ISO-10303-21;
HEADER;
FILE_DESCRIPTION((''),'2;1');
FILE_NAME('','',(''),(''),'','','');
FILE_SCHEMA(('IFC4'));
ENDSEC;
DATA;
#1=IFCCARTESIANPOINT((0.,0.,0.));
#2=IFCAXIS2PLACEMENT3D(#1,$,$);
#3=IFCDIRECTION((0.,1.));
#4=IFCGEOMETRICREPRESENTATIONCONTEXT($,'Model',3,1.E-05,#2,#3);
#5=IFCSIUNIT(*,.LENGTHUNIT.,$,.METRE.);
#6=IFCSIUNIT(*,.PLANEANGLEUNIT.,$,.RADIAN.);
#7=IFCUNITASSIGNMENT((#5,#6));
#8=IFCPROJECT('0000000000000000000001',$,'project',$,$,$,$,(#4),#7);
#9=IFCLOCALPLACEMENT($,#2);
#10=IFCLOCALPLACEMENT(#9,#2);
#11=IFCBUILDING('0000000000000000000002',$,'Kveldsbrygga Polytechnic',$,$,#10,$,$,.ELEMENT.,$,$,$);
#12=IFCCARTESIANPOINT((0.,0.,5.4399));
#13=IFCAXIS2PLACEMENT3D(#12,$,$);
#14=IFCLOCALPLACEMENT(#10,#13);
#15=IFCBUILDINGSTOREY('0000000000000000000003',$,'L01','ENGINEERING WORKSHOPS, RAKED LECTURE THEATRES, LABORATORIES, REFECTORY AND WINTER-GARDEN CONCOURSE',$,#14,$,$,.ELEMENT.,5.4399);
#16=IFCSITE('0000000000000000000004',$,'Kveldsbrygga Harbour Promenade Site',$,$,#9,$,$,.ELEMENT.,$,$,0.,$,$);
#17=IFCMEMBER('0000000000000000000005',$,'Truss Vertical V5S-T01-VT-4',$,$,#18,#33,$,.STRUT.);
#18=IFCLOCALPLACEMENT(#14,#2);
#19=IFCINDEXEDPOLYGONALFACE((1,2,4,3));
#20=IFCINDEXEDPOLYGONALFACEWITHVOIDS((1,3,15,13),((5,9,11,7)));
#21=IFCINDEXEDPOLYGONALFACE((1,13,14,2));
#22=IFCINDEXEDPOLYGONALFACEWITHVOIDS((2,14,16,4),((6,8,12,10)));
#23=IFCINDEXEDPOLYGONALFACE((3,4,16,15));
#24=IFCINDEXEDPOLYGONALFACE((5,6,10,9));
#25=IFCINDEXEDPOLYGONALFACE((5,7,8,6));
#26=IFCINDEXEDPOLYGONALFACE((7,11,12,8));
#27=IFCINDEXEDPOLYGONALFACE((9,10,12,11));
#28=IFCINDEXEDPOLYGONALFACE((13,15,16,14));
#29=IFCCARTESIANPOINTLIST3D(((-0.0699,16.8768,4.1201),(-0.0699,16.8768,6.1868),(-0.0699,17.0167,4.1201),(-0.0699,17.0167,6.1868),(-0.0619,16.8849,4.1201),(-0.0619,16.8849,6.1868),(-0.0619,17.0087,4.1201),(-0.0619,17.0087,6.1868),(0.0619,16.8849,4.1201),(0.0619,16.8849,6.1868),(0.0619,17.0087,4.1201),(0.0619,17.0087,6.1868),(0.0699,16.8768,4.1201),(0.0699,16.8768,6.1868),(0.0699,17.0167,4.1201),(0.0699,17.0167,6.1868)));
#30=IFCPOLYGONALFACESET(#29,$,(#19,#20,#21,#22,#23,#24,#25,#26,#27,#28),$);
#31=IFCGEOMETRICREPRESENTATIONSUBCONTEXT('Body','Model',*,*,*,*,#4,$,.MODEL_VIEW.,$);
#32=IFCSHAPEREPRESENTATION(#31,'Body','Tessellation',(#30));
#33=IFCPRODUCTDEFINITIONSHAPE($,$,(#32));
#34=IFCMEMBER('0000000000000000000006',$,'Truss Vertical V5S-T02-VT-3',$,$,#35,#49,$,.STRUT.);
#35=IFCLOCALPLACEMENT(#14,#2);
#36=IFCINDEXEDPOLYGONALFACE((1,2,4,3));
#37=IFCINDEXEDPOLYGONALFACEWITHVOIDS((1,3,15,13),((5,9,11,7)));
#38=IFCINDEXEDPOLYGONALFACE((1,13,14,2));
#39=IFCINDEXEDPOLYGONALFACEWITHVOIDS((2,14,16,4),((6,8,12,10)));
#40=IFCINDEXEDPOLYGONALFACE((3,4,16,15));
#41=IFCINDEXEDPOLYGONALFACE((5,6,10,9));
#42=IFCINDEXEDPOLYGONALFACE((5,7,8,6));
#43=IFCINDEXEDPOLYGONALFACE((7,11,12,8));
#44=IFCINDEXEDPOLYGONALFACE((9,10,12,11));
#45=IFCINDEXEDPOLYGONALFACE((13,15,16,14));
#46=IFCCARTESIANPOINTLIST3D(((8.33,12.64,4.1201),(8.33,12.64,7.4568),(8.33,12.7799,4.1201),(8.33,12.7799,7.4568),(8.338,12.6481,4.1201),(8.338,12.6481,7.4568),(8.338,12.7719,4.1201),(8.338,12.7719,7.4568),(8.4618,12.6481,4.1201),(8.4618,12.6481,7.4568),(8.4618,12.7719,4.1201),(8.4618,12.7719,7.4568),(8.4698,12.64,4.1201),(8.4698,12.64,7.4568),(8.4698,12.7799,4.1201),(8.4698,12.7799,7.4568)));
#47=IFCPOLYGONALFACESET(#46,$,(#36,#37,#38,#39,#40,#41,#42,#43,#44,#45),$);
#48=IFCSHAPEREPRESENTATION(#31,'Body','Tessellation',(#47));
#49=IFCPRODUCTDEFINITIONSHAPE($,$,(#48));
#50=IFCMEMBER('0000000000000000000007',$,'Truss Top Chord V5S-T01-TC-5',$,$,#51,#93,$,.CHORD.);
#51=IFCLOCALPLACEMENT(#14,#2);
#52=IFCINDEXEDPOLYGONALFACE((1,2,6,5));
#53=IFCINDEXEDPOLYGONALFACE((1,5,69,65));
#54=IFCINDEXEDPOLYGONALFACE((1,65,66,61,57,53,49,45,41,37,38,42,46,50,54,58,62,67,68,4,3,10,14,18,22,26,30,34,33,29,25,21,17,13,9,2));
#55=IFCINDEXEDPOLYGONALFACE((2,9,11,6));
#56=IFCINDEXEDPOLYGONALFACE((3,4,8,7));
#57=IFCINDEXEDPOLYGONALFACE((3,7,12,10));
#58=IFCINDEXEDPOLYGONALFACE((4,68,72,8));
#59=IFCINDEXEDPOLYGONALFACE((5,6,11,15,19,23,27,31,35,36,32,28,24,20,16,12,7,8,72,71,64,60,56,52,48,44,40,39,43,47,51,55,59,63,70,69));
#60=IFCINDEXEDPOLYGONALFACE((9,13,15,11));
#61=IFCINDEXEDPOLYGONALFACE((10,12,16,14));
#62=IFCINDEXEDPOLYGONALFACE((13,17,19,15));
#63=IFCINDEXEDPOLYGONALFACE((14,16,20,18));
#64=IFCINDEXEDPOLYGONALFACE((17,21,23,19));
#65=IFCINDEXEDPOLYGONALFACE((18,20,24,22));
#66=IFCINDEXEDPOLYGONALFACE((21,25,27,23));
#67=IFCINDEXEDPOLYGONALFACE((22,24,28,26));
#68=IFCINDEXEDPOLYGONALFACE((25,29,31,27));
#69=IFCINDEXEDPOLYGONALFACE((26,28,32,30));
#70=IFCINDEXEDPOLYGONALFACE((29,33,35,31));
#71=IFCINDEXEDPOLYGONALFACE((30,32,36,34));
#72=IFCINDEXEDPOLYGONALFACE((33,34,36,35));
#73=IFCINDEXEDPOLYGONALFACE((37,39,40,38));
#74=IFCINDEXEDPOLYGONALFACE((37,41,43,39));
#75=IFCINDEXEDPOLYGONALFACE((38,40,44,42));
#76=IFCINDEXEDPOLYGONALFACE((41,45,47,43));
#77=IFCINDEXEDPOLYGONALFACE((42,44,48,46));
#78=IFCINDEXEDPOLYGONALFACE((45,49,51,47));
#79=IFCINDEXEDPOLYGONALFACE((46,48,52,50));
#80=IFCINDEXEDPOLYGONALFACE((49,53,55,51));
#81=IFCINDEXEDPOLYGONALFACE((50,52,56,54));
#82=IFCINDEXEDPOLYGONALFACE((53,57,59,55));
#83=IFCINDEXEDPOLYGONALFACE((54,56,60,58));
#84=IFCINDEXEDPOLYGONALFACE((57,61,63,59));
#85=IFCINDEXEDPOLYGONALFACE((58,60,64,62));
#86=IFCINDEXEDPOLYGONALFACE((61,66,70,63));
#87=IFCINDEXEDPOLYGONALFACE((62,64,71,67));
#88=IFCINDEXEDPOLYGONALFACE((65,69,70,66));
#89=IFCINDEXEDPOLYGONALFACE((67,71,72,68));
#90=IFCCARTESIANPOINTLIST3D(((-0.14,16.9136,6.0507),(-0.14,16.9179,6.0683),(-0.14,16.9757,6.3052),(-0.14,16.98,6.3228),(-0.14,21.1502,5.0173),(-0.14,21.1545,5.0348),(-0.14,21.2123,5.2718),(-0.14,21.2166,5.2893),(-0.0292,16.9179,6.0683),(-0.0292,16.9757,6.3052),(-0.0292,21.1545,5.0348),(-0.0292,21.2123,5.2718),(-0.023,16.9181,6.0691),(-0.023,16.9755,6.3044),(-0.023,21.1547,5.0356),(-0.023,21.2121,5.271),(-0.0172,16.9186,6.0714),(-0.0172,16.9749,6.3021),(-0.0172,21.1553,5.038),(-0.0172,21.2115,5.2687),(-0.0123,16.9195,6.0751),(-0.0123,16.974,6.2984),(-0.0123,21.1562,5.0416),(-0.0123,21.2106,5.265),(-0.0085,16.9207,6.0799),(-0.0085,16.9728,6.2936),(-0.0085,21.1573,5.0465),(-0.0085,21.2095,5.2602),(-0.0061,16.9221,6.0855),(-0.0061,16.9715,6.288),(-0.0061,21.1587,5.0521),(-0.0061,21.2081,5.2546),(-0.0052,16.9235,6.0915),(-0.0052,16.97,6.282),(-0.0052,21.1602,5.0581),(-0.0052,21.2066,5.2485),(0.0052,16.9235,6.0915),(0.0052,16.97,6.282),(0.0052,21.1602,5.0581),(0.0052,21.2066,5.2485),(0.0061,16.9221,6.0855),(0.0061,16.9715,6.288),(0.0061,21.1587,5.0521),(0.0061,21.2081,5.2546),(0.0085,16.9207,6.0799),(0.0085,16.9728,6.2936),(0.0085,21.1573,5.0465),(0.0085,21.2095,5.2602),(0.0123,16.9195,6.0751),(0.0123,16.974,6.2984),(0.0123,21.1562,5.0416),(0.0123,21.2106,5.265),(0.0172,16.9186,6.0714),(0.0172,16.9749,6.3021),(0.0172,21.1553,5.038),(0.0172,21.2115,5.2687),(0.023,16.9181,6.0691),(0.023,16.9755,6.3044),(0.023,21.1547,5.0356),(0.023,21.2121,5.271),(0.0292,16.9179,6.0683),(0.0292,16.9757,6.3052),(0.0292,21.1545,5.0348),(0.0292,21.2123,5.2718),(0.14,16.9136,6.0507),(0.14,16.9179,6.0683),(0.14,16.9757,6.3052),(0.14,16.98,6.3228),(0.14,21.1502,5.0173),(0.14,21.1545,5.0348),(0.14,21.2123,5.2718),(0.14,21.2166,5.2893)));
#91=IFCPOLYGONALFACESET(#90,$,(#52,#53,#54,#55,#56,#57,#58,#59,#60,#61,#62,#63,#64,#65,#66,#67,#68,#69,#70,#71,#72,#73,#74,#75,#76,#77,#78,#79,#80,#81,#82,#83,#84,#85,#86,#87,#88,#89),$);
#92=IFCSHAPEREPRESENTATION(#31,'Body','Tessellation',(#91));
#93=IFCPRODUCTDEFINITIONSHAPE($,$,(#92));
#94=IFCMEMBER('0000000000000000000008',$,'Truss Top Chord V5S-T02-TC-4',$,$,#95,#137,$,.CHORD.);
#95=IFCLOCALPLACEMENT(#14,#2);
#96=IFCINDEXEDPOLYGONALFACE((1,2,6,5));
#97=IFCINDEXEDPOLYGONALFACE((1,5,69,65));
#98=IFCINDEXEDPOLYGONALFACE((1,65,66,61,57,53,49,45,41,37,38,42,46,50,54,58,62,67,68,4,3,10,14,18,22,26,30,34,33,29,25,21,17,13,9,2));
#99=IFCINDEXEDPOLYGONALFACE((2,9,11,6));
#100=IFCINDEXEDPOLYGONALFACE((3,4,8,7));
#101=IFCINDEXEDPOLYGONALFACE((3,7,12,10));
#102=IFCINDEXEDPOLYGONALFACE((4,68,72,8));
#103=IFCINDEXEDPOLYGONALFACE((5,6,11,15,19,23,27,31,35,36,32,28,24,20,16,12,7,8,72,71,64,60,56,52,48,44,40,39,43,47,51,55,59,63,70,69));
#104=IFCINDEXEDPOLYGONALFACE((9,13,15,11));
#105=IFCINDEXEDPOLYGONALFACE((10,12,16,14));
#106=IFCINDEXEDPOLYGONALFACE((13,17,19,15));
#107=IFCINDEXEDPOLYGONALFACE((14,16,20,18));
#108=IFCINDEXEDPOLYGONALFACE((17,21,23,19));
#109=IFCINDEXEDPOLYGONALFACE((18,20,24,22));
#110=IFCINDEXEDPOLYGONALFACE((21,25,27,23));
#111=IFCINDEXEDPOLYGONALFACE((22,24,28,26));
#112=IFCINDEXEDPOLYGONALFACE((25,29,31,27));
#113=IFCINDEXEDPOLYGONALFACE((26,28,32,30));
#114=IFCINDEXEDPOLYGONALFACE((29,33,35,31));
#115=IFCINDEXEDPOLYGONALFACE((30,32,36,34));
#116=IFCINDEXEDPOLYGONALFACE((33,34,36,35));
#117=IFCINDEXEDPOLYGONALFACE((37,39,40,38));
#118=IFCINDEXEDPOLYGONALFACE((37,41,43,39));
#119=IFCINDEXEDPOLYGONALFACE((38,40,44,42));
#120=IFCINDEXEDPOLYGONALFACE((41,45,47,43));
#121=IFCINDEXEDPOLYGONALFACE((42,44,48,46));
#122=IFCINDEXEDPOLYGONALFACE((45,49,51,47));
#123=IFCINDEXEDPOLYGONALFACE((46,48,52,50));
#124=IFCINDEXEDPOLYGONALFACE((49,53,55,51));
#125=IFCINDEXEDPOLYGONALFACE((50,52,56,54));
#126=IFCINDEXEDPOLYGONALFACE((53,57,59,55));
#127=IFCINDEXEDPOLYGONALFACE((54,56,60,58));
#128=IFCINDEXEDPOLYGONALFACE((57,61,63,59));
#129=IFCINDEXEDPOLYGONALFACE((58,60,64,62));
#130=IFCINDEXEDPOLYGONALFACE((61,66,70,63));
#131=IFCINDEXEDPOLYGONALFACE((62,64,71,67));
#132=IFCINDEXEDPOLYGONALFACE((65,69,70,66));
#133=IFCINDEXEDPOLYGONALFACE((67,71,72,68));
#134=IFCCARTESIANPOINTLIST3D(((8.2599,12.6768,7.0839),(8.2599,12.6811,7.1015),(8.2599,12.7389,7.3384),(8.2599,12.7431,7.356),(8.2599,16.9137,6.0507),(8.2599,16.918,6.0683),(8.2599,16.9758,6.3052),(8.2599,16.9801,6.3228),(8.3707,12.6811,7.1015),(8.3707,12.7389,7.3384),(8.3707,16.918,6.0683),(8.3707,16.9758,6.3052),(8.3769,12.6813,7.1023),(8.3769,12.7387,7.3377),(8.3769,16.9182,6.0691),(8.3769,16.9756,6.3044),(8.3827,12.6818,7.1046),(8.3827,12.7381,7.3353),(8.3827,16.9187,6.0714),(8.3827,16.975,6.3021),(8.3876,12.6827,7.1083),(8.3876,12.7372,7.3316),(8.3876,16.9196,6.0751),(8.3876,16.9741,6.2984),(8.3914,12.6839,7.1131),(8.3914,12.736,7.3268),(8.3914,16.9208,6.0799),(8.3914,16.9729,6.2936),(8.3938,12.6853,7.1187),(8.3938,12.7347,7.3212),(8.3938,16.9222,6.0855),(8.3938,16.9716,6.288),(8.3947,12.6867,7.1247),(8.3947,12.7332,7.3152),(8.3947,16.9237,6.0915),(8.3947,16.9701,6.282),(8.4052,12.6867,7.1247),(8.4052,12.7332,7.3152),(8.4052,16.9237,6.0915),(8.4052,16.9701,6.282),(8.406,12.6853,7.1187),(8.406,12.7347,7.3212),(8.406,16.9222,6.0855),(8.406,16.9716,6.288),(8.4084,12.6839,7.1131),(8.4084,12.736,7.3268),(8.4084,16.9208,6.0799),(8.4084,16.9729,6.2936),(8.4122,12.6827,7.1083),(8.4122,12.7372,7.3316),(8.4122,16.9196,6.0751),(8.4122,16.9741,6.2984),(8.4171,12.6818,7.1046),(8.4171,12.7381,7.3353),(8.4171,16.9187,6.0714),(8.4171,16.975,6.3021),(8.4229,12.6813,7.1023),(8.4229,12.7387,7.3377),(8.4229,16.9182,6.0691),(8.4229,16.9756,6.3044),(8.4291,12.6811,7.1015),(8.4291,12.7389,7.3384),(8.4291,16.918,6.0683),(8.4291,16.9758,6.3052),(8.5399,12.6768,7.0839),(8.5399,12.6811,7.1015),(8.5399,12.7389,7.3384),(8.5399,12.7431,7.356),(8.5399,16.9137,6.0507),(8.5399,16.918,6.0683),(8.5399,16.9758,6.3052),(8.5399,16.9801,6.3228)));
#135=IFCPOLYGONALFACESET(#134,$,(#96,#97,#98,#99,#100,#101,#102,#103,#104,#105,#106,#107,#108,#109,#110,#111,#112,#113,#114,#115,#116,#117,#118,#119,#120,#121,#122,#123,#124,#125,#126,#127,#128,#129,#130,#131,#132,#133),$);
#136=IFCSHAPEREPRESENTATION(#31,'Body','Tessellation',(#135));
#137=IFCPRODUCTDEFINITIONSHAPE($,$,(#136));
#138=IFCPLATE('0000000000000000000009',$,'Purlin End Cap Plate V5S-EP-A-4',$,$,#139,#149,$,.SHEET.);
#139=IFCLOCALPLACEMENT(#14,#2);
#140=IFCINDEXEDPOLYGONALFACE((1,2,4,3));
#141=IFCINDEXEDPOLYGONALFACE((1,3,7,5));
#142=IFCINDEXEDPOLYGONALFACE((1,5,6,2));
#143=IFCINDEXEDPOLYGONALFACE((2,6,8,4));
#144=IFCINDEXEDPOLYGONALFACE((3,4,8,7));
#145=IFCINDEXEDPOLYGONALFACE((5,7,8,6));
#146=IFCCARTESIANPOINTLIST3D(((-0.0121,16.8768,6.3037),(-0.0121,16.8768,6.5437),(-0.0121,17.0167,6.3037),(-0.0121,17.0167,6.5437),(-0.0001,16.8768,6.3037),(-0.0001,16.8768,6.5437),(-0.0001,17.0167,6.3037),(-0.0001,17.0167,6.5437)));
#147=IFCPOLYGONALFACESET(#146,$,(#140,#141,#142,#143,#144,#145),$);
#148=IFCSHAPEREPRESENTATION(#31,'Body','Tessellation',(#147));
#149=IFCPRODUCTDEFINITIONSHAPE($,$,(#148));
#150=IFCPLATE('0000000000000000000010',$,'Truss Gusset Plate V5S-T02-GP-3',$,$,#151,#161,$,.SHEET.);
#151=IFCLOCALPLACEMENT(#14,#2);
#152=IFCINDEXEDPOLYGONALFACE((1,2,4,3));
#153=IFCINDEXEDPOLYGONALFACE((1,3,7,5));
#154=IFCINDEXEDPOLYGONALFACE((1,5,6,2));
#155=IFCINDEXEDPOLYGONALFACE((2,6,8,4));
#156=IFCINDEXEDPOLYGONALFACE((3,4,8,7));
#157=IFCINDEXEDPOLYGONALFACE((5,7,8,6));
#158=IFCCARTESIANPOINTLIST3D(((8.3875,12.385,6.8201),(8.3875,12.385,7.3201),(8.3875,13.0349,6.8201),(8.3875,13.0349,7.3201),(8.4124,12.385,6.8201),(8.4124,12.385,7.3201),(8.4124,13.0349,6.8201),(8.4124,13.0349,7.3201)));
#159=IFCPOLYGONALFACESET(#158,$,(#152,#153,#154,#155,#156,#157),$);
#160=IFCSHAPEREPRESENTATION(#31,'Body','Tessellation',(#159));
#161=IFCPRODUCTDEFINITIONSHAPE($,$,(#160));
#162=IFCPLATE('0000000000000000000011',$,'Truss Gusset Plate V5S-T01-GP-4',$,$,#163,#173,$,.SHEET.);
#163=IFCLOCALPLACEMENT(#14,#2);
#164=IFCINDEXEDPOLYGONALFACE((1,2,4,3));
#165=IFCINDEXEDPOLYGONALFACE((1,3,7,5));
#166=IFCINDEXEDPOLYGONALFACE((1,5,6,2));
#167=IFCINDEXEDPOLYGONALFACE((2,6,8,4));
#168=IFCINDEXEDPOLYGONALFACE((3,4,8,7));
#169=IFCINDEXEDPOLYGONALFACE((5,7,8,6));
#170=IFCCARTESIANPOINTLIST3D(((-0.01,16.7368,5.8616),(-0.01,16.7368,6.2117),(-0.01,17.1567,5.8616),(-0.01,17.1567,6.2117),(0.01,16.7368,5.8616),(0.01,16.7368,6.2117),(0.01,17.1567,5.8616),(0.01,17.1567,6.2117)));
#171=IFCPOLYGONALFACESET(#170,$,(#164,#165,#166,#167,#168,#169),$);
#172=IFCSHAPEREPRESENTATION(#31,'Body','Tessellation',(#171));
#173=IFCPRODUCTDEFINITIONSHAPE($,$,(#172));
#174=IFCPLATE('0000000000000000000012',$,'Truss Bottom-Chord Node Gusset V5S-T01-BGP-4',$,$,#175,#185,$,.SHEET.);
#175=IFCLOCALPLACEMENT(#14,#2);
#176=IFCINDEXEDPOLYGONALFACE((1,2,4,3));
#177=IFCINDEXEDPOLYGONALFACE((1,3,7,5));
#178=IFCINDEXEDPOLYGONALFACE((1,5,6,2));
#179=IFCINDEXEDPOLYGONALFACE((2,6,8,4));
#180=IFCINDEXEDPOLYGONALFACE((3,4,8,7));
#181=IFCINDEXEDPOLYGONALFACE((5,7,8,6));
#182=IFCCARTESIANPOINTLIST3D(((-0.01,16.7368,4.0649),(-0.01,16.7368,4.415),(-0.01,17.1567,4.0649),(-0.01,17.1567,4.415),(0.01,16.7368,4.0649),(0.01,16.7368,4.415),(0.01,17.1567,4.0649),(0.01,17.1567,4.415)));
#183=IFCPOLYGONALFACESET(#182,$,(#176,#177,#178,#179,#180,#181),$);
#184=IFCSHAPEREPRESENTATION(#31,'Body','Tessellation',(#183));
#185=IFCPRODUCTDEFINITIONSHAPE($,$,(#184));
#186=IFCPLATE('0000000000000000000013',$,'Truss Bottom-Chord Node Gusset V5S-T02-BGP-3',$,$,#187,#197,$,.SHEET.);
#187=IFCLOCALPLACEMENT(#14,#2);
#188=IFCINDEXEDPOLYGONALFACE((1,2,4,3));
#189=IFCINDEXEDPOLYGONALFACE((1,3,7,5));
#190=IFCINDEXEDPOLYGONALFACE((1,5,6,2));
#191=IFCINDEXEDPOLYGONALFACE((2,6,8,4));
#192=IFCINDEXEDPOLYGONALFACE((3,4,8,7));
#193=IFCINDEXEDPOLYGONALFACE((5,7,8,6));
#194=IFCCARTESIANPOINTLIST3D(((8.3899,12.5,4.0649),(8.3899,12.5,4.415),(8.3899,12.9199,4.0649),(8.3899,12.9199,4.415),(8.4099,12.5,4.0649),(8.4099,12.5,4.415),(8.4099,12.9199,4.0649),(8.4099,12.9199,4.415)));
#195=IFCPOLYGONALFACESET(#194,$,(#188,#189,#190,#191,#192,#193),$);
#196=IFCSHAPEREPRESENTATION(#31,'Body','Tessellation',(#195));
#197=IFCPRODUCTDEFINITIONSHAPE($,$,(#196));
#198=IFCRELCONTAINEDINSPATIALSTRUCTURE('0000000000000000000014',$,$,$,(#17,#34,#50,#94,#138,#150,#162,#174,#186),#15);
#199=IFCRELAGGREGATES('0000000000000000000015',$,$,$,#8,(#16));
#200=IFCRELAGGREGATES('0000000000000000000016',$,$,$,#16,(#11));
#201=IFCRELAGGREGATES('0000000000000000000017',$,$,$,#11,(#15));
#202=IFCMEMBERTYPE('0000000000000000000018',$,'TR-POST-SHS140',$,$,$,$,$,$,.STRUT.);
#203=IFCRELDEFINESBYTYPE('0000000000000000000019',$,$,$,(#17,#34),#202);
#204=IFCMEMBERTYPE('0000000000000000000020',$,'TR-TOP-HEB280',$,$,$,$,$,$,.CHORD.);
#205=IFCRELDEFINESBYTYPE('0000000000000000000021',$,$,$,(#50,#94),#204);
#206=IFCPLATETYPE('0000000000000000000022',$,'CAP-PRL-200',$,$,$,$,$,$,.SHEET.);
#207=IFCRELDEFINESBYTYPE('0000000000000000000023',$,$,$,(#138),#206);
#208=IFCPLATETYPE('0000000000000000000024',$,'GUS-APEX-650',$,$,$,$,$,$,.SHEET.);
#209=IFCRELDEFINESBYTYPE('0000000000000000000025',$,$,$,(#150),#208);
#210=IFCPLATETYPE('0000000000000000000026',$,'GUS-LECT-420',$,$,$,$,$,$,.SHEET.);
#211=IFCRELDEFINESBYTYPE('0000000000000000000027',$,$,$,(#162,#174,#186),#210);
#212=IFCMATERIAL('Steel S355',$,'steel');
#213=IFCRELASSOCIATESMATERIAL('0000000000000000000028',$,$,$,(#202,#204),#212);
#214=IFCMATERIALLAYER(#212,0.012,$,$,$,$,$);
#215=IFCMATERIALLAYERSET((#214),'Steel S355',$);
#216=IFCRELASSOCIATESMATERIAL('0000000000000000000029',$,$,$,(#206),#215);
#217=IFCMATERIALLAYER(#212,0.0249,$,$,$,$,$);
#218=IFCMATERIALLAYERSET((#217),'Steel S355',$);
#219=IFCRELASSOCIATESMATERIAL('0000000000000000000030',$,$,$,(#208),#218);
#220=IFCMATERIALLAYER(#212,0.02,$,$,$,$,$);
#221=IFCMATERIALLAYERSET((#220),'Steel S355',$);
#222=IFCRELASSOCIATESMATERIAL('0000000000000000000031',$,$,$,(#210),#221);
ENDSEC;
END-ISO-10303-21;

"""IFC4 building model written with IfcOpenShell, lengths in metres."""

from ifc_helpers import new_model, si_unit, direction, frame, origin, origin_2d, place, context, subcontext, project, spatial, rectangle, hollow_rectangle, i_section, extrude, material, layer, layer_set, material_profile, profile_set, type_object, element, save


model = new_model("IFC4")

# Units and contexts
model_context = context("Model", 3, precision=1e-05, world=origin(), true_north=direction((0.0, 1.0)))
body_context = subcontext(model_context, "Body", "Model", "MODEL_VIEW")
ifc_project = project(units=[si_unit("LENGTHUNIT", "METRE"), si_unit("PLANEANGLEUNIT", "RADIAN")], contexts=[model_context])

# Site, building, storey
site_placement = place(None, origin())
site = spatial("IfcSite", under=ifc_project, at=site_placement, Name="Kveldsbrygga Harbour Promenade Site", CompositionType="ELEMENT", RefElevation=0.0)
building_placement = place(site_placement, origin())
building = spatial("IfcBuilding", under=site, at=building_placement, Name="Kveldsbrygga Polytechnic", CompositionType="ELEMENT")
storey_placement = place(building_placement, frame((0.0, 0.0, 5.4399)))
storey = spatial("IfcBuildingStorey", under=building, at=storey_placement, Name="L01", Description="ENGINEERING WORKSHOPS, RAKED LECTURE THEATRES, LABORATORIES, REFECTORY AND WINTER-GARDEN CONCOURSE", CompositionType="ELEMENT", Elevation=5.4399)

# Members
ifc_material_1 = material(Name="Steel S355", Category="steel")
ifc_material_profile_1 = material_profile(ifc_material_1, hollow_rectangle(XDim=0.1399, YDim=0.1399, WallThickness=0.0081, at=origin_2d()), Name="SHS 140x140x8.0")
ifc_profile_set_1 = profile_set([ifc_material_profile_1], Name="Steel S355")
member_type_1 = type_object("IfcMemberType", Name="TR-POST-SHS140", PredefinedType="STRUT", material=ifc_profile_set_1)
member_1_placement = place(storey_placement, frame((0.0, 16.9468, 4.1201), z_axis=(0.0, 0.0, 1.0), x_axis=(1.0, 0.0, 0.0)))
element("IfcMember", 1, at=member_1_placement, inside=storey, type_object=member_type_1, Name="Truss Vertical V5S-T01-VT-4", PredefinedType="STRUT", context=body_context, shape_type="SweptSolid", body=[
    extrude(hollow_rectangle(XDim=0.1399, YDim=0.1399, WallThickness=0.0081, at=origin_2d()), origin(), (0.0, 0.0, 1.0), 2.0667),
])
member_2_placement = place(storey_placement, frame((8.3999, 12.71, 4.1201), z_axis=(0.0, 0.0, 1.0), x_axis=(1.0, 0.0, 0.0)))
element("IfcMember", 2, at=member_2_placement, inside=storey, type_object=member_type_1, Name="Truss Vertical V5S-T02-VT-3", PredefinedType="STRUT", context=body_context, shape_type="SweptSolid", body=[
    extrude(hollow_rectangle(XDim=0.1399, YDim=0.1399, WallThickness=0.0081, at=origin_2d()), origin(), (0.0, 0.0, 1.0), 3.3367),
])
ifc_material_profile_2 = material_profile(ifc_material_1, i_section(OverallWidth=0.28, OverallDepth=0.28, WebThickness=0.0105, FlangeThickness=0.0181, FilletRadius=0.0239, at=origin_2d()), Name="HEB 280")
ifc_profile_set_2 = profile_set([ifc_material_profile_2], Name="Steel S355")
member_type_2 = type_object("IfcMemberType", Name="TR-TOP-HEB280", PredefinedType="CHORD", material=ifc_profile_set_2)
member_3_placement = place(storey_placement, frame((0.0, 16.9468, 6.1868), z_axis=(0.0, 0.971513, -0.236986), x_axis=(-1.0, 0.0, 0.0)))
element("IfcMember", 3, at=member_3_placement, inside=storey, type_object=member_type_2, Name="Truss Top Chord V5S-T01-TC-5", PredefinedType="CHORD", context=body_context, shape_type="SweptSolid", body=[
    extrude(i_section(OverallWidth=0.28, OverallDepth=0.28, WebThickness=0.0105, FlangeThickness=0.0181, FilletRadius=0.0239, at=origin_2d()), origin(), (0.0, 0.0, 1.0), 4.3608),
])
member_4_placement = place(storey_placement, frame((8.3999, 12.71, 7.22), z_axis=(0.0, 0.971529, -0.23692), x_axis=(-1.0, 0.0, 0.0)))
element("IfcMember", 4, at=member_4_placement, inside=storey, type_object=member_type_2, Name="Truss Top Chord V5S-T02-TC-4", PredefinedType="CHORD", context=body_context, shape_type="SweptSolid", body=[
    extrude(i_section(OverallWidth=0.28, OverallDepth=0.28, WebThickness=0.0105, FlangeThickness=0.0181, FilletRadius=0.0239, at=origin_2d()), origin(), (0.0, 0.0, 1.0), 4.3611),
])

# Plates
ifc_layer_1 = layer(ifc_material_1, 0.012)
ifc_layer_set_1 = layer_set([ifc_layer_1], Name="Steel S355")
plate_type_1 = type_object("IfcPlateType", Name="CAP-PRL-200", PredefinedType="SHEET", material=ifc_layer_set_1)
plate_1_placement = place(storey_placement, frame((-0.0061, 16.9468, 6.3037), z_axis=(0.0, 0.0, 1.0), x_axis=(1.0, 0.0, 0.0)))
element("IfcPlate", 5, at=plate_1_placement, inside=storey, type_object=plate_type_1, Name="Purlin End Cap Plate V5S-EP-A-4", PredefinedType="SHEET", context=body_context, shape_type="SweptSolid", body=[
    extrude(rectangle(XDim=0.012, YDim=0.1399, at=origin_2d()), origin(), (0.0, 0.0, 1.0), 0.24),
])
ifc_layer_2 = layer(ifc_material_1, 0.0249)
ifc_layer_set_2 = layer_set([ifc_layer_2], Name="Steel S355")
plate_type_2 = type_object("IfcPlateType", Name="GUS-APEX-650", PredefinedType="SHEET", material=ifc_layer_set_2)
plate_2_placement = place(storey_placement, frame((8.3999, 12.71, 6.8201), z_axis=(0.0, 0.0, 1.0), x_axis=(1.0, 0.0, 0.0)))
element("IfcPlate", 6, at=plate_2_placement, inside=storey, type_object=plate_type_2, Name="Truss Gusset Plate V5S-T02-GP-3", PredefinedType="SHEET", context=body_context, shape_type="SweptSolid", body=[
    extrude(rectangle(XDim=0.0249, YDim=0.6499, at=origin_2d()), origin(), (0.0, 0.0, 1.0), 0.5),
])
ifc_layer_3 = layer(ifc_material_1, 0.02)
ifc_layer_set_3 = layer_set([ifc_layer_3], Name="Steel S355")
plate_type_3 = type_object("IfcPlateType", Name="GUS-LECT-420", PredefinedType="SHEET", material=ifc_layer_set_3)
for number, where, z_axis, x_axis, name in (
    (7, (0.0, 16.9468, 5.8616), (0.0, 0.0, 1.0), (1.0, 0.0, 0.0), "Truss Gusset Plate V5S-T01-GP-4"),
    (8, (0.0, 16.9468, 4.0649), (0.0, 0.0, 1.0), (1.0, 0.0, 0.0), "Truss Bottom-Chord Node Gusset V5S-T01-BGP-4"),
    (9, (8.3999, 12.71, 4.0649), (0.0, 0.0, 1.0), (1.0, 0.0, 0.0), "Truss Bottom-Chord Node Gusset V5S-T02-BGP-3"),
):
    element("IfcPlate", number, at=place(storey_placement, frame(where, z_axis=z_axis, x_axis=x_axis)), inside=storey, type_object=plate_type_3, Name=name, PredefinedType="SHEET", context=body_context, shape_type="SweptSolid", body=[
        extrude(rectangle(XDim=0.02, YDim=0.4199, at=origin_2d()), origin(), (0.0, 0.0, 1.0), 0.3501),
    ])

save(model, "model.ifc")
